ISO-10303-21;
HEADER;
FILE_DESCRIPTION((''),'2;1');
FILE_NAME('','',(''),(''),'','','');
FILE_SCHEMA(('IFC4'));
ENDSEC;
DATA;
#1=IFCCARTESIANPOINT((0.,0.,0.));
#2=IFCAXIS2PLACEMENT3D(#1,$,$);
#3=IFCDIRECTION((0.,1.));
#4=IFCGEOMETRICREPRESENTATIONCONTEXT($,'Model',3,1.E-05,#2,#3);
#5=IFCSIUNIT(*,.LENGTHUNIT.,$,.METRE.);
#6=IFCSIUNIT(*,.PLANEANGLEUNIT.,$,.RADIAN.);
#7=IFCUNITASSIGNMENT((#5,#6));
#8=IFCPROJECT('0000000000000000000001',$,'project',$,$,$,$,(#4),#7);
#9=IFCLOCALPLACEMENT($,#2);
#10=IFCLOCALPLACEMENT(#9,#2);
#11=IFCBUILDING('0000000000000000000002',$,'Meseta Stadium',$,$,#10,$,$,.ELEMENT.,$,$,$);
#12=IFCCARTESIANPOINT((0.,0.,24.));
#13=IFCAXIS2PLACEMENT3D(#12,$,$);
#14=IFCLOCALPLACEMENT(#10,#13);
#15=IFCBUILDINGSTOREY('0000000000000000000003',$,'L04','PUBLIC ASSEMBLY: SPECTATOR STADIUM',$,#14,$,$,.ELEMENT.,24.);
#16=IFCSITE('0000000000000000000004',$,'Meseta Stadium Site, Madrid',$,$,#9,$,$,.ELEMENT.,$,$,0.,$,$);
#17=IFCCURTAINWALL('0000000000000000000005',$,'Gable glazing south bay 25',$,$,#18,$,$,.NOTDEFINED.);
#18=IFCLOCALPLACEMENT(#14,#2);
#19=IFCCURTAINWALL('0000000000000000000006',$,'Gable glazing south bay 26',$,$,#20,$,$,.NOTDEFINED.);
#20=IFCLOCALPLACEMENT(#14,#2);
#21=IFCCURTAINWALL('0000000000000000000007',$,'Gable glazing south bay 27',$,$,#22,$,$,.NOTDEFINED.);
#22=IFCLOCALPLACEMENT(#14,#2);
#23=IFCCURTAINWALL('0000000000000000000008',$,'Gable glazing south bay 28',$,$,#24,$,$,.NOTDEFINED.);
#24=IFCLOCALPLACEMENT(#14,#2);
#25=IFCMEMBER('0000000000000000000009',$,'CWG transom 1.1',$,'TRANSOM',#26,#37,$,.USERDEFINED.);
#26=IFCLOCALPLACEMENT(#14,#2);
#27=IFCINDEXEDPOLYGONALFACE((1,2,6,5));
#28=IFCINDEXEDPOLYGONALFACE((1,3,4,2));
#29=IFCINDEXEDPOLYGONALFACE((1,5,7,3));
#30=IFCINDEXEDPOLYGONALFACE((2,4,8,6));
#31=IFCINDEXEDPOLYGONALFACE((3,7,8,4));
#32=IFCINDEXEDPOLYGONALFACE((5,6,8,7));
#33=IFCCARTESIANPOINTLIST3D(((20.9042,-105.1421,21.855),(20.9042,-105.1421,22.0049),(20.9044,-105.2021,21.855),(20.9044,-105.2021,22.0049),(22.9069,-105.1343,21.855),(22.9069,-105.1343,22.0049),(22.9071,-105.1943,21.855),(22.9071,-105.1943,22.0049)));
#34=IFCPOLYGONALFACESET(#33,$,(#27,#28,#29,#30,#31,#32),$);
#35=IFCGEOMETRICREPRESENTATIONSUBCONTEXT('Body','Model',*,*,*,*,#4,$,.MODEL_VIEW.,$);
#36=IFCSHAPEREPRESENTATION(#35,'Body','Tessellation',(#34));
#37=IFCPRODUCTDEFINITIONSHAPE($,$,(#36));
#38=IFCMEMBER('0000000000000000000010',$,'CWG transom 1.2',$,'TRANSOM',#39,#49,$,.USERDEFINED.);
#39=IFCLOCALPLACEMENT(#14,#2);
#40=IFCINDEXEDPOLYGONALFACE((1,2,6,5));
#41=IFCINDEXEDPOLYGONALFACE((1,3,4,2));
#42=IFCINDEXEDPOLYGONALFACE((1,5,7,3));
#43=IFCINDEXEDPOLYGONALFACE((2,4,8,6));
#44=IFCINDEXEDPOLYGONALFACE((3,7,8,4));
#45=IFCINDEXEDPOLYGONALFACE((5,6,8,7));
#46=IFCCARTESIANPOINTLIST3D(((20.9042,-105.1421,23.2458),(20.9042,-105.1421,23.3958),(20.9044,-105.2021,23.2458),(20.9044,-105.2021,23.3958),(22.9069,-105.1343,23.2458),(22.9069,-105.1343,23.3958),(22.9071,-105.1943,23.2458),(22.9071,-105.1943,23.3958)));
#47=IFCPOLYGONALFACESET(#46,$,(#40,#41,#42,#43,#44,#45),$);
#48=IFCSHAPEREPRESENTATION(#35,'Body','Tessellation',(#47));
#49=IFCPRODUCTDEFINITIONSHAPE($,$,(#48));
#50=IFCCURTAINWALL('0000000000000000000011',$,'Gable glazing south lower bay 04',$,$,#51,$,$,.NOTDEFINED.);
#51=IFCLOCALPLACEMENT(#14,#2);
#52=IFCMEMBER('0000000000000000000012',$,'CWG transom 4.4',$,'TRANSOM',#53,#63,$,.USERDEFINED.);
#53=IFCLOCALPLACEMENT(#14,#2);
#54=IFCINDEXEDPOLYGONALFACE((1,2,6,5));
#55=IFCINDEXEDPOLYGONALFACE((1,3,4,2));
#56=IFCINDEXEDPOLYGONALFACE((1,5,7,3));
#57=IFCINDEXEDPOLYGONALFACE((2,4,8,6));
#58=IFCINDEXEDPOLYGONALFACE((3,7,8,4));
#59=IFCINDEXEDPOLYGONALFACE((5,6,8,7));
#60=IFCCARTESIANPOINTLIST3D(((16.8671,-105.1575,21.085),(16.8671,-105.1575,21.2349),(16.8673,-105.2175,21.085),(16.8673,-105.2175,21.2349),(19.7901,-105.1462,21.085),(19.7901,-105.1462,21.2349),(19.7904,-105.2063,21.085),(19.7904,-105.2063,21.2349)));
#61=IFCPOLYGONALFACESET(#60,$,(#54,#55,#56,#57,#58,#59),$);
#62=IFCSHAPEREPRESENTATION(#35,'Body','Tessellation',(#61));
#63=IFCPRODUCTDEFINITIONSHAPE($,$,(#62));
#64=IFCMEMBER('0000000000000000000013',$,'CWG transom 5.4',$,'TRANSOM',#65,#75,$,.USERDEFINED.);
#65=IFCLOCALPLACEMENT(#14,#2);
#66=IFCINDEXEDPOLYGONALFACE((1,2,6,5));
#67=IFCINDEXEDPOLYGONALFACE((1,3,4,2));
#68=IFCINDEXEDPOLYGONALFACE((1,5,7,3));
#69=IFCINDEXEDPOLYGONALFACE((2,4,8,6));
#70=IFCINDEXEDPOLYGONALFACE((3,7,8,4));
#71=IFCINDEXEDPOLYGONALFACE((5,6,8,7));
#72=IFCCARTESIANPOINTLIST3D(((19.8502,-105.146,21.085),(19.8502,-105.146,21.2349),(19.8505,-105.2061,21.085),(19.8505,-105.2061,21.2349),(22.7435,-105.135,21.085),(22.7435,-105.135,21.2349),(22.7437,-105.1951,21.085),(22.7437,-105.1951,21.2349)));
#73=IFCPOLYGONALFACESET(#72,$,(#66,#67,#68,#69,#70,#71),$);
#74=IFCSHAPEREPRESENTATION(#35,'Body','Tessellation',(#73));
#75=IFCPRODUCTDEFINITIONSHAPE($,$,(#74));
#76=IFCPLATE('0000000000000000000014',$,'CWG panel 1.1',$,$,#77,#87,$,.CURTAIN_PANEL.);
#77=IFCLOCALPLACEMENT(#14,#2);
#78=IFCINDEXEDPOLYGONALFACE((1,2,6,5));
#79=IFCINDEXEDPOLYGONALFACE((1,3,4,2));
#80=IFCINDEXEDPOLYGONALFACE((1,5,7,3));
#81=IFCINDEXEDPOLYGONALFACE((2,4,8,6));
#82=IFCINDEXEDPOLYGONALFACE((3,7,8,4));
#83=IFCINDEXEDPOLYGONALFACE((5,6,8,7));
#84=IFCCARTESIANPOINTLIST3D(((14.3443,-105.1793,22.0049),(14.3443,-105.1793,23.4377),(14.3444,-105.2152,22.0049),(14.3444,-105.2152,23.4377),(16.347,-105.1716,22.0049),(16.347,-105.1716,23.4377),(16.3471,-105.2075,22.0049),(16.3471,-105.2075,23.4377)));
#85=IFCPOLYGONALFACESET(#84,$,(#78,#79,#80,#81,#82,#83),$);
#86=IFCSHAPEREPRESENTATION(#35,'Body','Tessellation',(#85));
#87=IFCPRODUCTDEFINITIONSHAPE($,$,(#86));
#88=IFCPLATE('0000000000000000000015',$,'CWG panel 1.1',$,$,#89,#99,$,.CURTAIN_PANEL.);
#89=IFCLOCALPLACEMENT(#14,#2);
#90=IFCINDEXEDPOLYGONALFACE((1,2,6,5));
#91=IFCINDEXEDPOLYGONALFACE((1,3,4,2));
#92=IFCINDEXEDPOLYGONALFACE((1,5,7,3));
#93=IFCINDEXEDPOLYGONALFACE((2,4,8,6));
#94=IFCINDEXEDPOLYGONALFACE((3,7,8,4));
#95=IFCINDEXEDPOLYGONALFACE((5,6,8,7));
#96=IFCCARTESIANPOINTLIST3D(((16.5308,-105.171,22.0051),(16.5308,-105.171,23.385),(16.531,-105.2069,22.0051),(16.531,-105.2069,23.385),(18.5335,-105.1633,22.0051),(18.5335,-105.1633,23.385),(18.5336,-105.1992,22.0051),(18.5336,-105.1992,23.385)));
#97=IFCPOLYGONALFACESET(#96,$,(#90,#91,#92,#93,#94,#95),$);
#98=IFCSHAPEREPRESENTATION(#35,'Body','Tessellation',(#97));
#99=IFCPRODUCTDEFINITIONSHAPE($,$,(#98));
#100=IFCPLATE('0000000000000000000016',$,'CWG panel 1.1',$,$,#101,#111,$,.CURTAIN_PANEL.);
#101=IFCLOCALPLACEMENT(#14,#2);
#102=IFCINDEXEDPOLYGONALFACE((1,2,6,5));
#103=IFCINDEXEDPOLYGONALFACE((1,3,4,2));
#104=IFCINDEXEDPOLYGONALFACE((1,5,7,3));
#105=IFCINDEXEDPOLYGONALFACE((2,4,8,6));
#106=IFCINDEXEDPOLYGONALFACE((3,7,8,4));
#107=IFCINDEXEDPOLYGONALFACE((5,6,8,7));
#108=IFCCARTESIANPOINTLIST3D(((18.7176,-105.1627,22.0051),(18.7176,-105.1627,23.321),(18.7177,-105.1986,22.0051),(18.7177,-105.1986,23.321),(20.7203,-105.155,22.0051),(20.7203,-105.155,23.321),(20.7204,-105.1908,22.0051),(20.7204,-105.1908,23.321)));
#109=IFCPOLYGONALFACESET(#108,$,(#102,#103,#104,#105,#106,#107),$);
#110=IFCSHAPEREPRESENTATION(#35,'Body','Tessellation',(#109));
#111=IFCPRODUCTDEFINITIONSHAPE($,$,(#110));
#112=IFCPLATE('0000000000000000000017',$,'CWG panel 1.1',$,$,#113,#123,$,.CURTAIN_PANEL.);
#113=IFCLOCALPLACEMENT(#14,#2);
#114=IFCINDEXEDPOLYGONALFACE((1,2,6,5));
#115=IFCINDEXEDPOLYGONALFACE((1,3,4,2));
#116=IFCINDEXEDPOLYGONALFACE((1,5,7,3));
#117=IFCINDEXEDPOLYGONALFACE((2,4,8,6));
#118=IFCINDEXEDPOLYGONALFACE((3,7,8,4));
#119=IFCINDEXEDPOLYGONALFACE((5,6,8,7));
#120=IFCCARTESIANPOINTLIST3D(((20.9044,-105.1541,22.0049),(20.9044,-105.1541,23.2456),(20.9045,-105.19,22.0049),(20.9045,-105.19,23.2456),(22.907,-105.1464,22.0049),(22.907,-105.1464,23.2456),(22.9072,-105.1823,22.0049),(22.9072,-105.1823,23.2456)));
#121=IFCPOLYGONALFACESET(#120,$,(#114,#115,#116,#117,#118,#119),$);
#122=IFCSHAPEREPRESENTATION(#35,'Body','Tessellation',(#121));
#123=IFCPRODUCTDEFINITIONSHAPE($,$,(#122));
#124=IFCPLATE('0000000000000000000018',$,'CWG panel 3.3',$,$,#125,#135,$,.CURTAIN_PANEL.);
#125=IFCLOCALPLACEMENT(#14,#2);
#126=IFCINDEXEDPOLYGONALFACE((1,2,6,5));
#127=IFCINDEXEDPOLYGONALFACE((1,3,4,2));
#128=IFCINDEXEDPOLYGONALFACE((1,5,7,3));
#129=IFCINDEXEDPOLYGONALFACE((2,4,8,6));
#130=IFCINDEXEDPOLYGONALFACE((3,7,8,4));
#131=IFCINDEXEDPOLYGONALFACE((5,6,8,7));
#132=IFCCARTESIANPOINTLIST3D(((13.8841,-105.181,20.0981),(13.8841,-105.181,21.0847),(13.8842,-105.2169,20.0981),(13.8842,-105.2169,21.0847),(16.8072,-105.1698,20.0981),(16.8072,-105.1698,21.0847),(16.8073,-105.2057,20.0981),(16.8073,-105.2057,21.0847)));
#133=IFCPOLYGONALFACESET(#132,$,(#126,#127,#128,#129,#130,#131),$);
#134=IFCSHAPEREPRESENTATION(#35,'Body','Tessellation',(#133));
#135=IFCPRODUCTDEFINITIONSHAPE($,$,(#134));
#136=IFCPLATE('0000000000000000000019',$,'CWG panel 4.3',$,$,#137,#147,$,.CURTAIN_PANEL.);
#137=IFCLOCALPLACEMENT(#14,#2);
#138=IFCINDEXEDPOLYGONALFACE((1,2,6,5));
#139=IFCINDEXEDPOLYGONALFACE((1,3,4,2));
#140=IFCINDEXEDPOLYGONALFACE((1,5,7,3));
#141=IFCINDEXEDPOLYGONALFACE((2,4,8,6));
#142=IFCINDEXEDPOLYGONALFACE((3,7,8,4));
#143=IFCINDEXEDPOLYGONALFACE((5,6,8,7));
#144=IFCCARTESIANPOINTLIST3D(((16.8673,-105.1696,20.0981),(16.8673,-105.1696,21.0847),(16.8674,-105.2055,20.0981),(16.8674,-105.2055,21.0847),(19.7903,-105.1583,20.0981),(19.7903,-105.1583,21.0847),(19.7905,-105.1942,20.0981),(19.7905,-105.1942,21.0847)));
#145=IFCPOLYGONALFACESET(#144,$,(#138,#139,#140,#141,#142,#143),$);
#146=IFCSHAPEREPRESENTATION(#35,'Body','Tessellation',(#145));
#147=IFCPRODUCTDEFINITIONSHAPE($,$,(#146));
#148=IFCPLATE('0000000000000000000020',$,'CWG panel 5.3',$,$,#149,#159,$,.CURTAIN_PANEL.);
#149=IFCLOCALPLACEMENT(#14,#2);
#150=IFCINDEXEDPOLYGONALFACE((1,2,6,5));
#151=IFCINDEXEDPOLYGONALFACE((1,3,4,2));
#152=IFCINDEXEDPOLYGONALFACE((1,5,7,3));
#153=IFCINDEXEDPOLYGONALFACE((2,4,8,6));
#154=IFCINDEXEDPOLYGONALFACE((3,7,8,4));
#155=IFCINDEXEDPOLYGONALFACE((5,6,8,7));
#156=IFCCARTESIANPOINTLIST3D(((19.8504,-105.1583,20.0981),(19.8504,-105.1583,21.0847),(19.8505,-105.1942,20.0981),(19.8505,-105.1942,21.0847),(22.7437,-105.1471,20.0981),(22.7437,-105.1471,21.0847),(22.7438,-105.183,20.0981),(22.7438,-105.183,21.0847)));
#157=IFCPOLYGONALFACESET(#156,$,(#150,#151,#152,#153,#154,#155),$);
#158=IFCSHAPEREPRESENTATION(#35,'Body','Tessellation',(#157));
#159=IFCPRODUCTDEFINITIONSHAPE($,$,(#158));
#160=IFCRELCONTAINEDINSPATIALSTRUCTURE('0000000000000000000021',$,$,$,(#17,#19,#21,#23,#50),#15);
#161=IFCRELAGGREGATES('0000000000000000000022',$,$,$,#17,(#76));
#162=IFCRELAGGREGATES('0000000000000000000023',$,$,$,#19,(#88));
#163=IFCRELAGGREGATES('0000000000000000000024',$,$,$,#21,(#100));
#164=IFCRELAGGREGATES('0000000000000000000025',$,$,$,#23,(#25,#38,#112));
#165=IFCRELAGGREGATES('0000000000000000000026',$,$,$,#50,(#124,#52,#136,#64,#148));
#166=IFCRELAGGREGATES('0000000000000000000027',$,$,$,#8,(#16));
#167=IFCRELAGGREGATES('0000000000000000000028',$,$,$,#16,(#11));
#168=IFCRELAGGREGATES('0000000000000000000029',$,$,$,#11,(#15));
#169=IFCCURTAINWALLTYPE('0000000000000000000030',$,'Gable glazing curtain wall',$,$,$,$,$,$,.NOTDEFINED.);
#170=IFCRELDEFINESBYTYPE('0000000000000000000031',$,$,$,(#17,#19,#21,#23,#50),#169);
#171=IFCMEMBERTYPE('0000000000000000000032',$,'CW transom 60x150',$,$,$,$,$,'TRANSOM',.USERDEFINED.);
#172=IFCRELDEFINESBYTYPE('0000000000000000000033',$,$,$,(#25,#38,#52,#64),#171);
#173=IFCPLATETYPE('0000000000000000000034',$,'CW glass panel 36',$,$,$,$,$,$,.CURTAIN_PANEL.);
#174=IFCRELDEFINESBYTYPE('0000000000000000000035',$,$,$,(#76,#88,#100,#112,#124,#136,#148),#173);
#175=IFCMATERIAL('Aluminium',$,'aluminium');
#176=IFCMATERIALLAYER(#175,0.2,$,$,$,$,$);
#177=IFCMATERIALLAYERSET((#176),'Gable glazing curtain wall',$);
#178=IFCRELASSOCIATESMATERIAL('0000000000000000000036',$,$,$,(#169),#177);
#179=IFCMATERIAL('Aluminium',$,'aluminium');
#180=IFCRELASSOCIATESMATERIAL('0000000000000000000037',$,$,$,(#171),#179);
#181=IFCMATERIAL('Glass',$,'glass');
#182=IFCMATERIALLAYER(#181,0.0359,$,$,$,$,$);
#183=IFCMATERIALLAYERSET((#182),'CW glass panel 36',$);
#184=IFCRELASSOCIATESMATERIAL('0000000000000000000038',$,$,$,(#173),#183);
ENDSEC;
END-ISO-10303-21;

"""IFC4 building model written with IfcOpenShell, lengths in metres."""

from ifc_helpers import new_model, si_unit, direction, frame, origin, origin_2d, place, context, subcontext, project, spatial, rectangle, extrude, material, layer, layer_set, material_profile, profile_set, type_object, element, aggregate, save


model = new_model("IFC4")

# Units and contexts
model_context = context("Model", 3, precision=1e-05, world=origin(), true_north=direction((0.0, 1.0)))
body_context = subcontext(model_context, "Body", "Model", "MODEL_VIEW")
ifc_project = project(units=[si_unit("LENGTHUNIT", "METRE"), si_unit("PLANEANGLEUNIT", "RADIAN")], contexts=[model_context])

# Site, building, storey
site_placement = place(None, origin())
site = spatial("IfcSite", under=ifc_project, at=site_placement, Name="Meseta Stadium Site, Madrid", CompositionType="ELEMENT", RefElevation=0.0)
building_placement = place(site_placement, origin())
building = spatial("IfcBuilding", under=site, at=building_placement, Name="Meseta Stadium", CompositionType="ELEMENT")
storey_placement = place(building_placement, frame((0.0, 0.0, 24.0)))
storey = spatial("IfcBuildingStorey", under=building, at=storey_placement, Name="L04", Description="PUBLIC ASSEMBLY: SPECTATOR STADIUM", CompositionType="ELEMENT", Elevation=24.0)

# Shared definitions
ifc_material_1 = material(Name="Aluminium", Category="aluminium")
ifc_layer_1 = layer(ifc_material_1, 0.2)
ifc_layer_set_1 = layer_set([ifc_layer_1], Name="Gable glazing curtain wall")
curtain_wall_type = type_object("IfcCurtainWallType", Name="Gable glazing curtain wall", PredefinedType="NOTDEFINED", material=ifc_layer_set_1)

# Curtain walls
curtain_wall_1_placement = place(storey_placement, origin())
curtain_wall_1 = element("IfcCurtainWall", 1, at=curtain_wall_1_placement, inside=storey, type_object=curtain_wall_type, Name="Gable glazing south bay 25", PredefinedType="NOTDEFINED")
curtain_wall_2_placement = place(storey_placement, origin())
curtain_wall_2 = element("IfcCurtainWall", 2, at=curtain_wall_2_placement, inside=storey, type_object=curtain_wall_type, Name="Gable glazing south bay 26", PredefinedType="NOTDEFINED")
curtain_wall_3_placement = place(storey_placement, origin())
curtain_wall_3 = element("IfcCurtainWall", 3, at=curtain_wall_3_placement, inside=storey, type_object=curtain_wall_type, Name="Gable glazing south bay 27", PredefinedType="NOTDEFINED")

# Curtain wall
curtain_wall_4_placement = place(storey_placement, origin())
curtain_wall_4 = element("IfcCurtainWall", 4, at=curtain_wall_4_placement, inside=storey, type_object=curtain_wall_type, Name="Gable glazing south bay 28", PredefinedType="NOTDEFINED")

# Members
ifc_material_2 = material(Name="Aluminium", Category="aluminium")
ifc_material_profile_1 = material_profile(ifc_material_2, rectangle(XDim=0.0601, YDim=0.1499, at=origin_2d()), Name="CW 60x150")
ifc_profile_set_1 = profile_set([ifc_material_profile_1], Name="Aluminium")
member_type_1 = type_object("IfcMemberType", Name="CW transom 60x150", ElementType="TRANSOM", PredefinedType="USERDEFINED", material=ifc_profile_set_1)
member_1_placement = place(storey_placement, frame((20.9043, -105.1721, 21.9299), z_axis=(0.999992, 0.003901, 0.0), x_axis=(-0.003901, 0.999992, 0.0)))
member_1 = element("IfcMember", 5, at=member_1_placement, type_object=member_type_1, Name="CWG transom 1.1", ObjectType="TRANSOM", PredefinedType="USERDEFINED", context=body_context, shape_type="SweptSolid", body=[
    extrude(rectangle(XDim=0.0601, YDim=0.1499, at=origin_2d()), origin(), (0.0, 0.0, 1.0), 2.0027),
])
member_2_placement = place(storey_placement, frame((20.9043, -105.1721, 23.3208), z_axis=(0.999992, 0.003901, 0.0), x_axis=(-0.003901, 0.999992, 0.0)))
member_2 = element("IfcMember", 6, at=member_2_placement, type_object=member_type_1, Name="CWG transom 1.2", ObjectType="TRANSOM", PredefinedType="USERDEFINED", context=body_context, shape_type="SweptSolid", body=[
    extrude(rectangle(XDim=0.0601, YDim=0.1499, at=origin_2d()), origin(), (0.0, 0.0, 1.0), 2.0027),
])

# Curtain wall, members
curtain_wall_5_placement = place(storey_placement, origin())
curtain_wall_5 = element("IfcCurtainWall", 7, at=curtain_wall_5_placement, inside=storey, type_object=curtain_wall_type, Name="Gable glazing south lower bay 04", PredefinedType="NOTDEFINED")
member_3_placement = place(storey_placement, frame((16.8672, -105.1875, 21.1599), z_axis=(0.999993, 0.003842, 0.0), x_axis=(-0.003842, 0.999993, 0.0)))
member_3 = element("IfcMember", 8, at=member_3_placement, type_object=member_type_1, Name="CWG transom 4.4", ObjectType="TRANSOM", PredefinedType="USERDEFINED", context=body_context, shape_type="SweptSolid", body=[
    extrude(rectangle(XDim=0.0601, YDim=0.1499, at=origin_2d()), origin(), (0.0, 0.0, 1.0), 2.9231),
])
member_4_placement = place(storey_placement, frame((19.8503, -105.176, 21.1599), z_axis=(0.999993, 0.003797, 0.0), x_axis=(-0.003797, 0.999993, 0.0)))
member_4 = element("IfcMember", 9, at=member_4_placement, type_object=member_type_1, Name="CWG transom 5.4", ObjectType="TRANSOM", PredefinedType="USERDEFINED", context=body_context, shape_type="SweptSolid", body=[
    extrude(rectangle(XDim=0.0601, YDim=0.1499, at=origin_2d()), origin(), (0.0, 0.0, 1.0), 2.8933),
])

# Plates
ifc_material_3 = material(Name="Glass", Category="glass")
ifc_layer_2 = layer(ifc_material_3, 0.0359)
ifc_layer_set_2 = layer_set([ifc_layer_2], Name="CW glass panel 36")
plate_type = type_object("IfcPlateType", Name="CW glass panel 36", PredefinedType="CURTAIN_PANEL", material=ifc_layer_set_2)
plate_1_placement = place(storey_placement, frame((15.3457, -105.1934, 22.0049), z_axis=(0.0, 0.0, 1.0), x_axis=(0.999993, 0.003848, 0.0)))
plate_1 = element("IfcPlate", 10, at=plate_1_placement, type_object=plate_type, Name="CWG panel 1.1", PredefinedType="CURTAIN_PANEL", context=body_context, shape_type="SweptSolid", body=[
    extrude(rectangle(XDim=2.0027, YDim=0.0359, at=origin_2d()), origin(), (0.0, 0.0, 1.0), 1.4329),
])
aggregate(curtain_wall_1, [plate_1])
plate_2_placement = place(storey_placement, frame((17.5322, -105.1851, 22.0051), z_axis=(0.0, 0.0, 1.0), x_axis=(0.999993, 0.003848, 0.0)))
plate_2 = element("IfcPlate", 11, at=plate_2_placement, type_object=plate_type, Name="CWG panel 1.1", PredefinedType="CURTAIN_PANEL", context=body_context, shape_type="SweptSolid", body=[
    extrude(rectangle(XDim=2.0027, YDim=0.0359, at=origin_2d()), origin(), (0.0, 0.0, 1.0), 1.3799),
])
aggregate(curtain_wall_2, [plate_2])
plate_3_placement = place(storey_placement, frame((19.719, -105.1768, 22.0051), z_axis=(0.0, 0.0, 1.0), x_axis=(0.999993, 0.003848, 0.0)))
plate_3 = element("IfcPlate", 12, at=plate_3_placement, type_object=plate_type, Name="CWG panel 1.1", PredefinedType="CURTAIN_PANEL", context=body_context, shape_type="SweptSolid", body=[
    extrude(rectangle(XDim=2.0027, YDim=0.0359, at=origin_2d()), origin(), (0.0, 0.0, 1.0), 1.3159),
])
aggregate(curtain_wall_3, [plate_3])
plate_4_placement = place(storey_placement, frame((21.9058, -105.1682, 22.0049), z_axis=(0.0, 0.0, 1.0), x_axis=(0.999993, 0.003848, 0.0)))
plate_4 = element("IfcPlate", 13, at=plate_4_placement, type_object=plate_type, Name="CWG panel 1.1", PredefinedType="CURTAIN_PANEL", context=body_context, shape_type="SweptSolid", body=[
    extrude(rectangle(XDim=2.0027, YDim=0.0359, at=origin_2d()), origin(), (0.0, 0.0, 1.0), 1.2407),
])
aggregate(curtain_wall_4, [member_1, member_2, plate_4])
plate_5_placement = place(storey_placement, frame((15.3457, -105.1934, 20.0981), z_axis=(0.0, 0.0, 1.0), x_axis=(0.999993, 0.003848, 0.0)))
plate_5 = element("IfcPlate", 14, at=plate_5_placement, type_object=plate_type, Name="CWG panel 3.3", PredefinedType="CURTAIN_PANEL", context=body_context, shape_type="SweptSolid", body=[
    extrude(rectangle(XDim=2.9231, YDim=0.0359, at=origin_2d()), origin(), (0.0, 0.0, 1.0), 0.9866),
])
plate_6_placement = place(storey_placement, frame((18.3289, -105.1819, 20.0981), z_axis=(0.0, 0.0, 1.0), x_axis=(0.999993, 0.003848, 0.0)))
plate_6 = element("IfcPlate", 15, at=plate_6_placement, type_object=plate_type, Name="CWG panel 4.3", PredefinedType="CURTAIN_PANEL", context=body_context, shape_type="SweptSolid", body=[
    extrude(rectangle(XDim=2.9231, YDim=0.0359, at=origin_2d()), origin(), (0.0, 0.0, 1.0), 0.9866),
])
plate_7_placement = place(storey_placement, frame((21.2971, -105.1707, 20.0981), z_axis=(0.0, 0.0, 1.0), x_axis=(0.999993, 0.003848, 0.0)))
plate_7 = element("IfcPlate", 16, at=plate_7_placement, type_object=plate_type, Name="CWG panel 5.3", PredefinedType="CURTAIN_PANEL", context=body_context, shape_type="SweptSolid", body=[
    extrude(rectangle(XDim=2.8933, YDim=0.0359, at=origin_2d()), origin(), (0.0, 0.0, 1.0), 0.9866),
])
aggregate(curtain_wall_5, [plate_5, member_3, plate_6, member_4, plate_7])

save(model, "model.ifc")
